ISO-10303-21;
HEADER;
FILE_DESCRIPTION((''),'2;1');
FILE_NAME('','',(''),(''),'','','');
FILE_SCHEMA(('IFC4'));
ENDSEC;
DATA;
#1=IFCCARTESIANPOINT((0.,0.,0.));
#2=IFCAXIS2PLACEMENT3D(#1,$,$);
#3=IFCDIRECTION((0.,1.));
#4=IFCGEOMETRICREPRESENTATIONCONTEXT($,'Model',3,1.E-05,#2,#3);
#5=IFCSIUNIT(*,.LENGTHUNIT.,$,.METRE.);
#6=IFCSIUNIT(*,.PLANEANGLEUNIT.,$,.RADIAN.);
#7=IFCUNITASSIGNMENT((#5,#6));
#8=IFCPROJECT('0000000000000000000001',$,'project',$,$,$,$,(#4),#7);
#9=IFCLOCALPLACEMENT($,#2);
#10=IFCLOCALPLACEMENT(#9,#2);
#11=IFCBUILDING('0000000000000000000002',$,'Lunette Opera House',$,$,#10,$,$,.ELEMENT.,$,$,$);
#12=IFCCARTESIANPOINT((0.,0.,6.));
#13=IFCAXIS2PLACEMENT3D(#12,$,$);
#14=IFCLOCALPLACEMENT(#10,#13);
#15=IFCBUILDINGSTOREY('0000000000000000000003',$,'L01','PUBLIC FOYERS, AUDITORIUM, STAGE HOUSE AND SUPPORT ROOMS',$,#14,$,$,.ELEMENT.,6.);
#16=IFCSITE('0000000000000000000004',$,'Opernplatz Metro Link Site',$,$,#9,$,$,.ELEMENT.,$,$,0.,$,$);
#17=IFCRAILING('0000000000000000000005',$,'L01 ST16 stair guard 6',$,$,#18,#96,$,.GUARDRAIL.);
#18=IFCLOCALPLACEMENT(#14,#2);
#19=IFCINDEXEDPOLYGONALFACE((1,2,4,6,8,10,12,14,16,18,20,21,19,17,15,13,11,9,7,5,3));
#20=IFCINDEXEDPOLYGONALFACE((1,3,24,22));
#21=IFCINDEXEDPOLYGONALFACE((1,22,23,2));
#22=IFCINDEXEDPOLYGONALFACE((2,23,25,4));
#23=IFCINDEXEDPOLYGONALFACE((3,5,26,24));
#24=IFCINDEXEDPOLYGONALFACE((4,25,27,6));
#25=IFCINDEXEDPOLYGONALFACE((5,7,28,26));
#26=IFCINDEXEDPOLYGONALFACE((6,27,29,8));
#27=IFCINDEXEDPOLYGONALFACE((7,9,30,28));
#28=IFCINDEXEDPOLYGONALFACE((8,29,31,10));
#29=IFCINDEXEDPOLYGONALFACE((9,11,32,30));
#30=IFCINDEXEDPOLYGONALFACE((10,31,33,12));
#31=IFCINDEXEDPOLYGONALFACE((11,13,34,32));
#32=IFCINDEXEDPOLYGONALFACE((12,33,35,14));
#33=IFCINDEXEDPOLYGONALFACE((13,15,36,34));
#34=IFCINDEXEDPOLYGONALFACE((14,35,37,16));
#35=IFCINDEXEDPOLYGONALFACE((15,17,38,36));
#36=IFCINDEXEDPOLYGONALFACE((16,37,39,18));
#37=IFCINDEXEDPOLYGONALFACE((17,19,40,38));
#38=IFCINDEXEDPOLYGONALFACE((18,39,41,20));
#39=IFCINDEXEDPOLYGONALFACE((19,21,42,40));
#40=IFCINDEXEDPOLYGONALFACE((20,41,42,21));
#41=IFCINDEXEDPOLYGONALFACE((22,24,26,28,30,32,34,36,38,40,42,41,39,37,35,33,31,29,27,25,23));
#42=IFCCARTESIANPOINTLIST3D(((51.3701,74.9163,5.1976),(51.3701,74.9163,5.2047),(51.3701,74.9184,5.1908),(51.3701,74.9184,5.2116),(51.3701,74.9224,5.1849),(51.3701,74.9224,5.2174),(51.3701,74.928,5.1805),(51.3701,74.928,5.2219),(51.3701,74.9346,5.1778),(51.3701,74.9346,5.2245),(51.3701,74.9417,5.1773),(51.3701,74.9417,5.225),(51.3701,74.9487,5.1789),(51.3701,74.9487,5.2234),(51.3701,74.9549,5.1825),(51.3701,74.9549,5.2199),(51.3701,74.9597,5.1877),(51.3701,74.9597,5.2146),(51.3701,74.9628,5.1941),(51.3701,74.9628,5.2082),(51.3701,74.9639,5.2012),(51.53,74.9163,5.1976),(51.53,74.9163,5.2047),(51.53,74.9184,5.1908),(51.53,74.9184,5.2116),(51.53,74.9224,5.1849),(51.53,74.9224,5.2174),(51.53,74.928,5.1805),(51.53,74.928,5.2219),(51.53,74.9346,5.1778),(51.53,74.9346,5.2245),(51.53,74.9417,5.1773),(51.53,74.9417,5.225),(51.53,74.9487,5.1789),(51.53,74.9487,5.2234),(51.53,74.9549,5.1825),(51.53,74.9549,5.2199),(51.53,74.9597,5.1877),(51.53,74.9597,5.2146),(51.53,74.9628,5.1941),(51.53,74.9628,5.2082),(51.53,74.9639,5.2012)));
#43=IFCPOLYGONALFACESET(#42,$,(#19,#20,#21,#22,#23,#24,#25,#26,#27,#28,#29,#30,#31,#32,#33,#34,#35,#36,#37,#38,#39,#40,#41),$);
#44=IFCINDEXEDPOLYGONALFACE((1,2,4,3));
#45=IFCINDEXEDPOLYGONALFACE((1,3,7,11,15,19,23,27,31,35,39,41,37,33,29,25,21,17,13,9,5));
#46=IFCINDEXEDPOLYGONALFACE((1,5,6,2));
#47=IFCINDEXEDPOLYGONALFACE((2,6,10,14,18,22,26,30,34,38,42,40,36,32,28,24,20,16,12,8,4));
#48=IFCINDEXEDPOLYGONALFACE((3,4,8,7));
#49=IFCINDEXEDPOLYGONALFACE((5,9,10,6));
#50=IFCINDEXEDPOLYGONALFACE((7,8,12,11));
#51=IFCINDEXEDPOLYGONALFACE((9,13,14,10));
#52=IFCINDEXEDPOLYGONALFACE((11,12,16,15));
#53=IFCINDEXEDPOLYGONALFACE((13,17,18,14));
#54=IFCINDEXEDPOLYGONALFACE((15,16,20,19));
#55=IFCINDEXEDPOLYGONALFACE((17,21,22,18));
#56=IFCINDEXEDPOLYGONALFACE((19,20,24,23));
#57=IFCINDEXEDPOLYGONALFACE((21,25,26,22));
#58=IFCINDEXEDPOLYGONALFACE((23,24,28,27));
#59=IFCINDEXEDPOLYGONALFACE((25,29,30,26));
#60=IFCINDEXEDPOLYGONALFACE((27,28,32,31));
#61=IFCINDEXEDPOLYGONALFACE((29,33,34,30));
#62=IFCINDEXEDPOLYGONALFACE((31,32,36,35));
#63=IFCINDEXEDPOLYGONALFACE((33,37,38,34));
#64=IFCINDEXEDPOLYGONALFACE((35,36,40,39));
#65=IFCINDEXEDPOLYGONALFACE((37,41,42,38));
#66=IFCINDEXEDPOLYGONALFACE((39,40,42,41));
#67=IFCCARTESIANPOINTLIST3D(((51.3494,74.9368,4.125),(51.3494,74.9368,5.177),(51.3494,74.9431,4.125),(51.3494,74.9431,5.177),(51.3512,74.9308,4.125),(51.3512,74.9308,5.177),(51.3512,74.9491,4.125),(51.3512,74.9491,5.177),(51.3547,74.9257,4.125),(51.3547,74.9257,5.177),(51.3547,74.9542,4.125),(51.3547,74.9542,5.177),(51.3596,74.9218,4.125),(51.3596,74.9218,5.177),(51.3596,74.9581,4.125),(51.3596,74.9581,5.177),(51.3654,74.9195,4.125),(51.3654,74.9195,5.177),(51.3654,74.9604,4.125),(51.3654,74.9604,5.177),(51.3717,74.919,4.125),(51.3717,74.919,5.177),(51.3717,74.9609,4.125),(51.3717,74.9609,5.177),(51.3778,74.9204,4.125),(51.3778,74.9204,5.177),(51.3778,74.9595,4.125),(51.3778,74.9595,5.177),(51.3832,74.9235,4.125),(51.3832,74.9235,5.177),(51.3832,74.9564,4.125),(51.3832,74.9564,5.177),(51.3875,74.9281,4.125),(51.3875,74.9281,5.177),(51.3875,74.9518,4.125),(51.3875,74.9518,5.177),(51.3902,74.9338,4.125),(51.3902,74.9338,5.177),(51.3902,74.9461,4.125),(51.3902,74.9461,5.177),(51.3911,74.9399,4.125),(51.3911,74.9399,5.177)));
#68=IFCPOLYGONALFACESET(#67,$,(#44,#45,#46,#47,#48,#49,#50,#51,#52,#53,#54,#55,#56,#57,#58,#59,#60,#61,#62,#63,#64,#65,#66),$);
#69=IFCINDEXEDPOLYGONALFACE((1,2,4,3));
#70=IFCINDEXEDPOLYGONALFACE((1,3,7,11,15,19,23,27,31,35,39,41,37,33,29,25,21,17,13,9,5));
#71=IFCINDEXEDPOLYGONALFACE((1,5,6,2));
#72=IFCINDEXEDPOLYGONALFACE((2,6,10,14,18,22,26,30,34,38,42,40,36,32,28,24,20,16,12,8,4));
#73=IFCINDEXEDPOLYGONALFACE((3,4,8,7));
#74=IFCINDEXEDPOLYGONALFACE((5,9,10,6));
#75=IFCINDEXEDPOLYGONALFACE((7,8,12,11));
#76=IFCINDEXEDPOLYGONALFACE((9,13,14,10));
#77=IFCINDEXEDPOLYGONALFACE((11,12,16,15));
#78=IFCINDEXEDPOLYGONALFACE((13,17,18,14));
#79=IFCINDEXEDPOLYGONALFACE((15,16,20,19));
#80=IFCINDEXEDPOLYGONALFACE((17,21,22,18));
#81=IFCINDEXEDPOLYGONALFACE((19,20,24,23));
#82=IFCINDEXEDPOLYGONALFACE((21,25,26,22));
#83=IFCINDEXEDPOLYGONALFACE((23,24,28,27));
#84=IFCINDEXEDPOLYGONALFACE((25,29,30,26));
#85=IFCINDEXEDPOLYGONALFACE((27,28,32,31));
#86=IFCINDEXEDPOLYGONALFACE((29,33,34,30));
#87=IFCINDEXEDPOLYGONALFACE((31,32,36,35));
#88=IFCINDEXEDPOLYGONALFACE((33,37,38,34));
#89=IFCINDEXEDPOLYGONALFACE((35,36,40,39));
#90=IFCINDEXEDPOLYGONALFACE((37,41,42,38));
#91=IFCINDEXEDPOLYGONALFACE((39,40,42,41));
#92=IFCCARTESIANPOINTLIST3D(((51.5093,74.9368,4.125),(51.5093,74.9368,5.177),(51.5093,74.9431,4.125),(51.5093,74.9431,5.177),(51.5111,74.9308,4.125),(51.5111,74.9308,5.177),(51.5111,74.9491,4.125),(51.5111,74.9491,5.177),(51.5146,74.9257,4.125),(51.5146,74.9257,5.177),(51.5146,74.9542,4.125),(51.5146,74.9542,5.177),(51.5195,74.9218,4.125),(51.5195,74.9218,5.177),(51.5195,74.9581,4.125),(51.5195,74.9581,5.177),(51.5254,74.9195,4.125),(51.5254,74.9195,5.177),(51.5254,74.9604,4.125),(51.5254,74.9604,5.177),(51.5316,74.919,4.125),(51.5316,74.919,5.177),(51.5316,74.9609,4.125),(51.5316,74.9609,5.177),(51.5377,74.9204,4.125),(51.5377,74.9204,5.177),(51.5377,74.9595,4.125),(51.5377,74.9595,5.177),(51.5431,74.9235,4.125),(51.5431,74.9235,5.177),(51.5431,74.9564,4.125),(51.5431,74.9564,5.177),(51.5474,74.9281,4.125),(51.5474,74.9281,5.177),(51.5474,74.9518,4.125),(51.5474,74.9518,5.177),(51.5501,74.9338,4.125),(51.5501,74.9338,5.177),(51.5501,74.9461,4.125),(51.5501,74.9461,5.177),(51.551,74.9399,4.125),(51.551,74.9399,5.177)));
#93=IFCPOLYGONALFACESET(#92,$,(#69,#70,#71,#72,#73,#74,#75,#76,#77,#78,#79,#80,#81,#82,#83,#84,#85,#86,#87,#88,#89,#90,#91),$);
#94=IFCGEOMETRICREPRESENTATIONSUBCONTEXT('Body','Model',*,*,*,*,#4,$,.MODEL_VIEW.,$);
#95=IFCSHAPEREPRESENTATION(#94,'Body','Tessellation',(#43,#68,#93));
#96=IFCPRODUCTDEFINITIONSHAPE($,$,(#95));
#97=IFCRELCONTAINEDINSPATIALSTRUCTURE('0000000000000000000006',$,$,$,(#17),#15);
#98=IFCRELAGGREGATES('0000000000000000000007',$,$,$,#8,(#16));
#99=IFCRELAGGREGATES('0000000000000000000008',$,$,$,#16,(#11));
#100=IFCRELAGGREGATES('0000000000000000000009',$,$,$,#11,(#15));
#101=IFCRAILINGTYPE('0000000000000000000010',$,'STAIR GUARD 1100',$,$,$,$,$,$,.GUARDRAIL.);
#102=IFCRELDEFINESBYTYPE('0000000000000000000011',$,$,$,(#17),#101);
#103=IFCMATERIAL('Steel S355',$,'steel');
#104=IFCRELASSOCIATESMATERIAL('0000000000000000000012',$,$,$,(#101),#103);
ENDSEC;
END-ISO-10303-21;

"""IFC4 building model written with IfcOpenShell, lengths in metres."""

from ifc_helpers import new_model, si_unit, direction, frame, origin, origin_2d, place, context, subcontext, project, spatial, circle, extrude, material, type_object, element, save


model = new_model("IFC4")

# Units and contexts
model_context = context("Model", 3, precision=1e-05, world=origin(), true_north=direction((0.0, 1.0)))
body_context = subcontext(model_context, "Body", "Model", "MODEL_VIEW")
ifc_project = project(units=[si_unit("LENGTHUNIT", "METRE"), si_unit("PLANEANGLEUNIT", "RADIAN")], contexts=[model_context])

# Site, building, storey
site_placement = place(None, origin())
site = spatial("IfcSite", under=ifc_project, at=site_placement, Name="Opernplatz Metro Link Site", CompositionType="ELEMENT", RefElevation=0.0)
building_placement = place(site_placement, origin())
building = spatial("IfcBuilding", under=site, at=building_placement, Name="Lunette Opera House", CompositionType="ELEMENT")
storey_placement = place(building_placement, frame((0.0, 0.0, 6.0)))
storey = spatial("IfcBuildingStorey", under=building, at=storey_placement, Name="L01", Description="PUBLIC FOYERS, AUDITORIUM, STAGE HOUSE AND SUPPORT ROOMS", CompositionType="ELEMENT", Elevation=6.0)

# Railing
ifc_material_1 = material(Name="Steel S355", Category="steel")
railing_type_1 = type_object("IfcRailingType", Name="STAIR GUARD 1100", PredefinedType="GUARDRAIL", material=ifc_material_1)
railing_1_placement = place(storey_placement, frame((51.3701, 74.9399, 4.125)))
element("IfcRailing", 1, at=railing_1_placement, inside=storey, type_object=railing_type_1, Name="L01 ST16 stair guard 6", PredefinedType="GUARDRAIL", context=body_context, shape_type="SweptSolid", body=[
    extrude(circle(Radius=0.0239, at=origin_2d()), frame((0.0, 0.0, 1.0762), z_axis=(1.0, 0.0, 0.0), x_axis=(0.0, 1.0, 0.0)), (0.0, 0.0, 1.0), 0.1599),
    extrude(circle(Radius=0.021, at=origin_2d()), origin(), (0.0, 0.0, 1.0), 1.052),
    extrude(circle(Radius=0.021, at=origin_2d()), frame((0.1599, 0.0, 0.0)), (0.0, 0.0, 1.0), 1.052),
])

save(model, "model.ifc")
